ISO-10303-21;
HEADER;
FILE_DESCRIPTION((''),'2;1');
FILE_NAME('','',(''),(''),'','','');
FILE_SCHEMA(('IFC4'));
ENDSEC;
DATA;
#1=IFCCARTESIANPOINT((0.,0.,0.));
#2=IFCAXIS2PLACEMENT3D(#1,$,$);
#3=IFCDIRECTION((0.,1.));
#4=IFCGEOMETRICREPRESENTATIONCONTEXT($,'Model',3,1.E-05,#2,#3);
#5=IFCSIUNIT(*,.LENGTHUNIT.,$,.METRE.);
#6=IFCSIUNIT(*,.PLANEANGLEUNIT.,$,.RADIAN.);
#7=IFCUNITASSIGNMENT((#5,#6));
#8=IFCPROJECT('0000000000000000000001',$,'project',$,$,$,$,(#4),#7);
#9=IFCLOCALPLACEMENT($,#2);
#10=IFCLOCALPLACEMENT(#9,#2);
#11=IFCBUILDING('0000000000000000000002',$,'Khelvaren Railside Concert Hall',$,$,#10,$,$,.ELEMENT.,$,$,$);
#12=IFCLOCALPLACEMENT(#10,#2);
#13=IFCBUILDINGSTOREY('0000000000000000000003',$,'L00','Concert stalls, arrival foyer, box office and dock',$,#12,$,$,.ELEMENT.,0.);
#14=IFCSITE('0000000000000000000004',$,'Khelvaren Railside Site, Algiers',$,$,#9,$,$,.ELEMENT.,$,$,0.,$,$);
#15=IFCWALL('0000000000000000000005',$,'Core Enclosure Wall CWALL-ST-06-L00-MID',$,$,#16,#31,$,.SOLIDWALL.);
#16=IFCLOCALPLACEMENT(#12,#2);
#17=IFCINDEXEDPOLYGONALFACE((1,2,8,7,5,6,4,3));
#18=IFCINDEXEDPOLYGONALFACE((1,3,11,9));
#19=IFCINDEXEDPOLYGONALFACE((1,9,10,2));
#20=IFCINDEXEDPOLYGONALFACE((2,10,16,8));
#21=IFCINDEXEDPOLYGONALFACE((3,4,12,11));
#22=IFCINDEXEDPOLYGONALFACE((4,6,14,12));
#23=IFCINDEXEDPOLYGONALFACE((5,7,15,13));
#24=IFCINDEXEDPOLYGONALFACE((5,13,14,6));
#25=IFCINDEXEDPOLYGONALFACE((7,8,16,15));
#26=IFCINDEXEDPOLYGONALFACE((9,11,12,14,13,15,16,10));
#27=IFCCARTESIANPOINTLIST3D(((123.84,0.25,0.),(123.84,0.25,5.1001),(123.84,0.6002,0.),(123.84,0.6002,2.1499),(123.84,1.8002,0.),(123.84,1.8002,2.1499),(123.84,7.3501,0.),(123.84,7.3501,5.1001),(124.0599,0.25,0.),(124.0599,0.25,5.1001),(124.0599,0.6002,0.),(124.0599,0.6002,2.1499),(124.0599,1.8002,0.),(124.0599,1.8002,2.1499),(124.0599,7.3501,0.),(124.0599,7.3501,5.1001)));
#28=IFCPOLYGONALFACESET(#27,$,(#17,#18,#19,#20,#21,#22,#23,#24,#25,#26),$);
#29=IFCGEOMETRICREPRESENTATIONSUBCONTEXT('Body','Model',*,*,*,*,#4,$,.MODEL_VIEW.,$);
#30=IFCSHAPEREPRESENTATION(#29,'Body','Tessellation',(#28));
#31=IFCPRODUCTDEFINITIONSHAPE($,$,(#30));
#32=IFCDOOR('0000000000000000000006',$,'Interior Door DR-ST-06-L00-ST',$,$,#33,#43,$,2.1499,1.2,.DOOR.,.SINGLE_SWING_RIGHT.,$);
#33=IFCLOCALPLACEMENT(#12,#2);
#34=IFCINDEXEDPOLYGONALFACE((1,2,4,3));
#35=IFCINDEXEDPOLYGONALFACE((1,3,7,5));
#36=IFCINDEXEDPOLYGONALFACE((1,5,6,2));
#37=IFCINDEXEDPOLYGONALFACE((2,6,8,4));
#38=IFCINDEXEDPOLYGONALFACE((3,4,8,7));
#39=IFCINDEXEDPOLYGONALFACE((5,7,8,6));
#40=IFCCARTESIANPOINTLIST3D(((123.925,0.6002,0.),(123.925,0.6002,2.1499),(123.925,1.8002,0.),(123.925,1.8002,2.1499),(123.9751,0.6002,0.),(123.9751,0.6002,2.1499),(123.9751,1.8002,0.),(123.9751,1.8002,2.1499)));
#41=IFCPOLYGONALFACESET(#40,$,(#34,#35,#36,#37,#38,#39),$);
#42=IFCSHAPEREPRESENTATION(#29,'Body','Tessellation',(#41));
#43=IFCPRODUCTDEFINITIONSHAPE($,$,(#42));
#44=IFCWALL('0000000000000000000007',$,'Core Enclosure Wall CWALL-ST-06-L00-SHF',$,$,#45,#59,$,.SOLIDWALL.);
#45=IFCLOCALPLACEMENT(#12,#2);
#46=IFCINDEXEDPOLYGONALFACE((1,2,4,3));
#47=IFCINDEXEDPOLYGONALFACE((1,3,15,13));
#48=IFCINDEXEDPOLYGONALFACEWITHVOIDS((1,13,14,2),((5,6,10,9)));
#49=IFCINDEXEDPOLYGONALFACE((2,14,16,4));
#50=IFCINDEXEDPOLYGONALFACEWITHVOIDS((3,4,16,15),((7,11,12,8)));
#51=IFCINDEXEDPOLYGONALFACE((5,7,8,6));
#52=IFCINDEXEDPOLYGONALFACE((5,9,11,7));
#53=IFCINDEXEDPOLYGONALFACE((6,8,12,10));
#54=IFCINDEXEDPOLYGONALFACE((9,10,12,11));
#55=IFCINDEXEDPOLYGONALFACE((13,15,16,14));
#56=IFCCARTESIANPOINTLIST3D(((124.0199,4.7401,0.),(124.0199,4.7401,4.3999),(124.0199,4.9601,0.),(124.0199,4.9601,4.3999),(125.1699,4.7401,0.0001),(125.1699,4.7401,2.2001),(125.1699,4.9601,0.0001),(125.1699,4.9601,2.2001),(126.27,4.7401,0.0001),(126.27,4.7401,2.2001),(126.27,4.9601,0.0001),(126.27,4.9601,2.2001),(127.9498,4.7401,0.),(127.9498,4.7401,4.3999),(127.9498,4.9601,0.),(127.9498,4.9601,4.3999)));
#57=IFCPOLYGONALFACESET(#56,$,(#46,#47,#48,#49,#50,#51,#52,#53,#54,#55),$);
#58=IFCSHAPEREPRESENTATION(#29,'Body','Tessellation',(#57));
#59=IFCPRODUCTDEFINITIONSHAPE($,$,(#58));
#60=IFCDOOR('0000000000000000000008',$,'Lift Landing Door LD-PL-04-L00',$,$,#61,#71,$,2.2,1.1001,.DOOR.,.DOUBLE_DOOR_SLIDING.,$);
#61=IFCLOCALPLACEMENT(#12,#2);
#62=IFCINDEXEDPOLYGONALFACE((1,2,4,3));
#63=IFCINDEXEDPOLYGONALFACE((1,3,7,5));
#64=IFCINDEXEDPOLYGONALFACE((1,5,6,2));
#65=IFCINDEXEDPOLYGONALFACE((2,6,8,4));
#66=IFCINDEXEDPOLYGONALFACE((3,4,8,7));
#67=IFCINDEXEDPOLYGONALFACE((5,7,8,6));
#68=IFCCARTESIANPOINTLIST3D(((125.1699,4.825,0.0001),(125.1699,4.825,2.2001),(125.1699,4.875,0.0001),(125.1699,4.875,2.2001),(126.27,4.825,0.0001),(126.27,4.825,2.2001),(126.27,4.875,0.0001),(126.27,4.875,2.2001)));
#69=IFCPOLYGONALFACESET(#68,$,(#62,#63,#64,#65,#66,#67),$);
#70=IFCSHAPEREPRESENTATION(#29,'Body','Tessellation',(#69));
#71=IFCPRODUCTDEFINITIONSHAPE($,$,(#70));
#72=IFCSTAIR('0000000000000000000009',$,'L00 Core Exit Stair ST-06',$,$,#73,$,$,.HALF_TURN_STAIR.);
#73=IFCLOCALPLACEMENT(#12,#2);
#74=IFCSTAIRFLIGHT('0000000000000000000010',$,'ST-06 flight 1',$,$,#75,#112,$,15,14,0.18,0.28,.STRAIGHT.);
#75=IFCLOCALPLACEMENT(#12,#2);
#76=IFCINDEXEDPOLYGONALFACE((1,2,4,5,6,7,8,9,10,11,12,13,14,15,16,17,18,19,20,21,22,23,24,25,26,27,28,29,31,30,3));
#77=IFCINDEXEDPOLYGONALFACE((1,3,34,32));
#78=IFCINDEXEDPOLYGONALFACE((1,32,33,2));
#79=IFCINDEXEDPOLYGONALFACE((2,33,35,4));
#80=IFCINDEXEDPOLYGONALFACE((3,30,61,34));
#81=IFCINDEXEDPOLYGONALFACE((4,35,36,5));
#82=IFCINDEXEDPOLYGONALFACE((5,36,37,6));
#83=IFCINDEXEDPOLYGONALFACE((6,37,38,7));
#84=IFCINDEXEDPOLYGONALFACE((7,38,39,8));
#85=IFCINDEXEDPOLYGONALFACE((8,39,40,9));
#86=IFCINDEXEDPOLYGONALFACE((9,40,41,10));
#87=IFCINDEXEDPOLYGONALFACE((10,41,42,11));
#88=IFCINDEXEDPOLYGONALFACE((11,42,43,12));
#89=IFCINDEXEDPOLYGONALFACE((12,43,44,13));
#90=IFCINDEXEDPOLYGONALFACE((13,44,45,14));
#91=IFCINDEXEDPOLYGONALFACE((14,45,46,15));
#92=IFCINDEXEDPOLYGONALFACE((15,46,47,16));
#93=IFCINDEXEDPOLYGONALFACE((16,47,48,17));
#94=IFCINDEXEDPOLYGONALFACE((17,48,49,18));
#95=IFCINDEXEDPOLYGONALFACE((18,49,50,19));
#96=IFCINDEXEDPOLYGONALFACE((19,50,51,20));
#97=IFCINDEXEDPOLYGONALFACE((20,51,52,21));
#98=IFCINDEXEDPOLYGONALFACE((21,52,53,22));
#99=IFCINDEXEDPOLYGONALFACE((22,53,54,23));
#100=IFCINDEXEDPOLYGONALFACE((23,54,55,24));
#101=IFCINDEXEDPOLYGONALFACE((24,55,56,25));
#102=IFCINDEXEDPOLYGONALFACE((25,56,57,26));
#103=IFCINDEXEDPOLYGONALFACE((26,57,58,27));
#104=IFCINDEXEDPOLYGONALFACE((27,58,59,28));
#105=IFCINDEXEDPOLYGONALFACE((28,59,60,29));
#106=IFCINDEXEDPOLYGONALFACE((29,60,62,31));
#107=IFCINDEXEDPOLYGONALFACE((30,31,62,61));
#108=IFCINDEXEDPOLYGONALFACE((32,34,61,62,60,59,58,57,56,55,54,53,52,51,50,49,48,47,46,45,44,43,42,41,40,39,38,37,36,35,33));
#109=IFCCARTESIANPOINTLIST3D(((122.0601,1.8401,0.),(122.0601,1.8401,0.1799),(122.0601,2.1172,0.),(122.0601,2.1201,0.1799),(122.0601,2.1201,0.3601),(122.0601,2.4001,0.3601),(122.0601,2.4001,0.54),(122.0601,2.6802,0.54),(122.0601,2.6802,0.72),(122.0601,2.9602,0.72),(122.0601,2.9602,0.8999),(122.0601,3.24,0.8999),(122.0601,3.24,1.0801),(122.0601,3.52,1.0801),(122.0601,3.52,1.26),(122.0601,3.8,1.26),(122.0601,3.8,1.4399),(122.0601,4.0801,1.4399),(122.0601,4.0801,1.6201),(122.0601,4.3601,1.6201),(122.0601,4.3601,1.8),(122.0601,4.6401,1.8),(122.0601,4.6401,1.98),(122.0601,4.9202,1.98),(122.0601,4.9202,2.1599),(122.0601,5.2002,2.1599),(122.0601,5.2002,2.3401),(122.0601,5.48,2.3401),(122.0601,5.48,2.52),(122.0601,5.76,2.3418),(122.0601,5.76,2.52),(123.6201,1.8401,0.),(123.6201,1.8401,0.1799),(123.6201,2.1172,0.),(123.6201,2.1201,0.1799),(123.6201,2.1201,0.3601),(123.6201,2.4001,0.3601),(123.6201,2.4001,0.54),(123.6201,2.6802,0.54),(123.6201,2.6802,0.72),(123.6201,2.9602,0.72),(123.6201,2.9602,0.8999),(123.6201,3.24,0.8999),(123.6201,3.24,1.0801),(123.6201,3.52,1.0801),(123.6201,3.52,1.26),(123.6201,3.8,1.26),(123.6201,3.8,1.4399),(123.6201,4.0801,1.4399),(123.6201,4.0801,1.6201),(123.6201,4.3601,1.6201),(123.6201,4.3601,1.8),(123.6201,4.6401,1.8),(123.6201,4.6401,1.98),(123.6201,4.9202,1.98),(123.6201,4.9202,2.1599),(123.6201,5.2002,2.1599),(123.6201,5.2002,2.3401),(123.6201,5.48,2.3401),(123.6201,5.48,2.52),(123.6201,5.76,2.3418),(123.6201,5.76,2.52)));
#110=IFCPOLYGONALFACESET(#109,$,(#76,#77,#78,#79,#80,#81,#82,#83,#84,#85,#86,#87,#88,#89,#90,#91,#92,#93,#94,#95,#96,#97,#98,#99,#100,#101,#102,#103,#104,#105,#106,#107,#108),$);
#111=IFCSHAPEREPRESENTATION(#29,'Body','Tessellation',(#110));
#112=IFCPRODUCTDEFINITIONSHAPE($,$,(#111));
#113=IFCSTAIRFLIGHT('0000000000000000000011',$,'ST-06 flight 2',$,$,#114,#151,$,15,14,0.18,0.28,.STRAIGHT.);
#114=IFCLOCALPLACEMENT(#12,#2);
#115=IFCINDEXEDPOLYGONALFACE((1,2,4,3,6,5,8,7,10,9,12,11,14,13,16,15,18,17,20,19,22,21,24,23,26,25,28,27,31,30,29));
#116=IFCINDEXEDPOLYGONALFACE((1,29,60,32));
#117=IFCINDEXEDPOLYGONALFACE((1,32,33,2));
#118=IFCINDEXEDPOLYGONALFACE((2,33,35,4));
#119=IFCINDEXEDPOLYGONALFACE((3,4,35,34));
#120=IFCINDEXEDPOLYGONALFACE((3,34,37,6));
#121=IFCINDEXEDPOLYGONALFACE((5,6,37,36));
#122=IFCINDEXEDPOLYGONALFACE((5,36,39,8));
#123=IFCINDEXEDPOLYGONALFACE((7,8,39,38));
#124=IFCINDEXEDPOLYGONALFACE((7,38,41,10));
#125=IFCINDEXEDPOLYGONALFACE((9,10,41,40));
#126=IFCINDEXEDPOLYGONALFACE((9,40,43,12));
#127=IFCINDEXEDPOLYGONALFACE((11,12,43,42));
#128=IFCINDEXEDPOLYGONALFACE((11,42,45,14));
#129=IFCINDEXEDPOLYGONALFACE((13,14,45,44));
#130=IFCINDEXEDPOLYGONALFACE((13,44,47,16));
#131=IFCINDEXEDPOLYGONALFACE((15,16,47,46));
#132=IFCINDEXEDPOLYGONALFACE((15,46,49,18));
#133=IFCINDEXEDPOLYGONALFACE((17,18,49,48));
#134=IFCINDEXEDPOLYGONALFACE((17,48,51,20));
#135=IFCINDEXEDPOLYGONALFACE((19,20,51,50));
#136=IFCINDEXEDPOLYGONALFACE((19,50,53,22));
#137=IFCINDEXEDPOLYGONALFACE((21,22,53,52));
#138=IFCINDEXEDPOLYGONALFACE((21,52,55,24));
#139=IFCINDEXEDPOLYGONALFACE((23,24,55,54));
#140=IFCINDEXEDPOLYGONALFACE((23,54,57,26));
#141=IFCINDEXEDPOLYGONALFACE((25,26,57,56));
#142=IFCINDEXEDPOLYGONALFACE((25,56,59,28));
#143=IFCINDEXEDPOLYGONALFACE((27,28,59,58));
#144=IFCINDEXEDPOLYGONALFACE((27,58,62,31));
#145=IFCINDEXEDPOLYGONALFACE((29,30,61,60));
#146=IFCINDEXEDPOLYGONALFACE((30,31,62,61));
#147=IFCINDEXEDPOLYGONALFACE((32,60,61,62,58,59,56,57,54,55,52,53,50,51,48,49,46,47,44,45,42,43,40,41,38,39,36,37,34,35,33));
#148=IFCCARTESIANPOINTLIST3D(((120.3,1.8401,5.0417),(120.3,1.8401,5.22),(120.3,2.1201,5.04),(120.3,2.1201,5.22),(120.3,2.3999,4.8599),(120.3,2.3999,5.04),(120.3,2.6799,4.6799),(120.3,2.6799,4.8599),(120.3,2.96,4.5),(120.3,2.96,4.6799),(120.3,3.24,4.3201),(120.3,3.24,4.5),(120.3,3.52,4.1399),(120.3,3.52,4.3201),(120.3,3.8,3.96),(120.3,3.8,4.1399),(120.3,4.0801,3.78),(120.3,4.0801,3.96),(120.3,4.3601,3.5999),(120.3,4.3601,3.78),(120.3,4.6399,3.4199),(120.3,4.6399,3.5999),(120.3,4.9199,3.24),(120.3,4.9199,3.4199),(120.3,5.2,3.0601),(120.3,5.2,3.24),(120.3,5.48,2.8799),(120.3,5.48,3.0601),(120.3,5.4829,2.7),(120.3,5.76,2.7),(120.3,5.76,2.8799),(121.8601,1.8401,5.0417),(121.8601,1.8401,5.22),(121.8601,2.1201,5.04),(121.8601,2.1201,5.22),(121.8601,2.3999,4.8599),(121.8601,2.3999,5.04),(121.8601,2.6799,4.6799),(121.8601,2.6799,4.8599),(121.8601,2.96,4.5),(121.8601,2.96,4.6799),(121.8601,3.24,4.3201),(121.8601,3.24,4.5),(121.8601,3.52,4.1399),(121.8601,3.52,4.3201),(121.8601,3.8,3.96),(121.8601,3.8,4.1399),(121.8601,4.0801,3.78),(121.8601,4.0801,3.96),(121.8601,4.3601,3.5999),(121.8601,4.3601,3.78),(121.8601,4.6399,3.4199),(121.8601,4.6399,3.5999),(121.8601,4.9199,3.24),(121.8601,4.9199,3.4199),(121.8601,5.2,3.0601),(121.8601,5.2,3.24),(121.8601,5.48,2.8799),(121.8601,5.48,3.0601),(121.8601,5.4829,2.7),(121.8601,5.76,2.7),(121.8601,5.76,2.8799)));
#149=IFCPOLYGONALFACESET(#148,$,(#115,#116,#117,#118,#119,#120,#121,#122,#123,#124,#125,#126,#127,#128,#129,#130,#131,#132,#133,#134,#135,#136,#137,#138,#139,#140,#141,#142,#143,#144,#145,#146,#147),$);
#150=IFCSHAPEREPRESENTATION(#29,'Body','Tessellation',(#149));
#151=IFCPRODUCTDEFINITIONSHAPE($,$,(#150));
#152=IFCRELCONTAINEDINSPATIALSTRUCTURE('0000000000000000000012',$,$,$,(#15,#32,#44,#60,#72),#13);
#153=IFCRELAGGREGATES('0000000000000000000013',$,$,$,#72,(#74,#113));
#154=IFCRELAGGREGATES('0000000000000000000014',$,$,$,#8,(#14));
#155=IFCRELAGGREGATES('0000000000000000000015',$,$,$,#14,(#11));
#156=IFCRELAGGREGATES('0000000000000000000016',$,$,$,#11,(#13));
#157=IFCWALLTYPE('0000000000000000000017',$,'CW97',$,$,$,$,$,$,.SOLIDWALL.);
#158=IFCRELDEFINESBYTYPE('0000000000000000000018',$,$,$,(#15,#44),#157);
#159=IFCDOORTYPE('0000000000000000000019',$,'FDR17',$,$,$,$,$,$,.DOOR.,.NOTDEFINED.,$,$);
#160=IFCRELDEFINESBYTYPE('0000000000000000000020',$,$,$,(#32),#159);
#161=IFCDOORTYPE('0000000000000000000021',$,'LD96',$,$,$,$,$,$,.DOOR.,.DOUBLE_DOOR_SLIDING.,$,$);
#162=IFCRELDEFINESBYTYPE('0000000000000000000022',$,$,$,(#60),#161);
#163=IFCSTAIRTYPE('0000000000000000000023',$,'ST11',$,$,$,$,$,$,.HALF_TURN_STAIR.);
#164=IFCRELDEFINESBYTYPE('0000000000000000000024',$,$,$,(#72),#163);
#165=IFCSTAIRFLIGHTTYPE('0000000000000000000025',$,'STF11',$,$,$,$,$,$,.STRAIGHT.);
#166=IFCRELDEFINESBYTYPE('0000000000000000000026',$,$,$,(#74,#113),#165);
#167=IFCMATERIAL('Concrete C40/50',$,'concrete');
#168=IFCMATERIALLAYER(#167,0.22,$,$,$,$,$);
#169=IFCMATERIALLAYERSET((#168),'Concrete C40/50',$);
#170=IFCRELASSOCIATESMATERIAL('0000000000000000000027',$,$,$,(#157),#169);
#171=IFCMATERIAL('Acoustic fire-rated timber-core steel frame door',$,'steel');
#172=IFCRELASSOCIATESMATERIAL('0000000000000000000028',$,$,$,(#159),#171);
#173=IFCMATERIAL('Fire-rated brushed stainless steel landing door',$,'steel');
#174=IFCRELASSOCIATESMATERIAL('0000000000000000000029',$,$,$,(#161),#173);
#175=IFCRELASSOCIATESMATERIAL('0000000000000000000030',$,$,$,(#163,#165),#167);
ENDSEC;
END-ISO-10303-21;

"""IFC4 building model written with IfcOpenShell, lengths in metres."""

from ifc_helpers import new_model, si_unit, direction, frame, frame_2d, origin, place, context, subcontext, project, spatial, polyline, rectangle, outline, extrude, material, layer, layer_set, type_object, element, fill, aggregate, save


model = new_model("IFC4")

# Units and contexts
model_context = context("Model", 3, precision=1e-05, world=origin(), true_north=direction((0.0, 1.0)))
body_context = subcontext(model_context, "Body", "Model", "MODEL_VIEW")
ifc_project = project(units=[si_unit("LENGTHUNIT", "METRE"), si_unit("PLANEANGLEUNIT", "RADIAN")], contexts=[model_context])

# Site, building, storey
site_placement = place(None, origin())
site = spatial("IfcSite", under=ifc_project, at=site_placement, Name="Khelvaren Railside Site, Algiers", CompositionType="ELEMENT", RefElevation=0.0)
building_placement = place(site_placement, origin())
building = spatial("IfcBuilding", under=site, at=building_placement, Name="Khelvaren Railside Concert Hall", CompositionType="ELEMENT")
storey_placement = place(building_placement, origin())
storey = spatial("IfcBuildingStorey", under=building, at=storey_placement, Name="L00", Description="Concert stalls, arrival foyer, box office and dock", CompositionType="ELEMENT", Elevation=0.0)

# Shared definitions
ifc_material_1 = material(Name="Concrete C40/50", Category="concrete")

# Walls, openings, doors
ifc_layer_1 = layer(ifc_material_1, 0.22)
ifc_layer_set_1 = layer_set([ifc_layer_1], Name="Concrete C40/50")
wall_type_1 = type_object("IfcWallType", Name="CW97", PredefinedType="SOLIDWALL", material=ifc_layer_set_1)
wall_1_placement = place(storey_placement, frame((123.95, 0.25, 0.0), z_axis=(0.0, 0.0, 1.0), x_axis=(0.0, 1.0, 0.0)))
wall_1 = element("IfcWall", 1, at=wall_1_placement, inside=storey, type_object=wall_type_1, Name="Core Enclosure Wall CWALL-ST-06-L00-MID", PredefinedType="SOLIDWALL", context=body_context, shape_type="SweptSolid", body=[
    extrude(rectangle(XDim=7.1001, YDim=0.22, at=frame_2d((3.55, 0.0))), origin(), (0.0, 0.0, 1.0), 5.1001),
])
opening_1_placement = place(wall_1_placement, frame((0.3501, 0.0, 0.0)))
opening_1 = element("IfcOpeningElement", 2, at=opening_1_placement, cuts=wall_1, PredefinedType="OPENING", context=body_context, shape_type="SweptSolid", body=[
    extrude(rectangle(XDim=1.2, YDim=2.1499, at=frame_2d((0.6001, 1.075))), frame((0.0, 0.1199, 0.0), z_axis=(0.0, -1.0, 0.0), x_axis=(1.0, 0.0, 0.0)), (0.0, 0.0, 1.0), 0.24),
])
ifc_material_2 = material(Name="Acoustic fire-rated timber-core steel frame door", Category="steel")
door_type_1 = type_object("IfcDoorType", Name="FDR17", OperationType="NOTDEFINED", PredefinedType="DOOR", material=ifc_material_2)
door_1_placement = place(opening_1_placement, origin())
door_1 = element("IfcDoor", 3, at=door_1_placement, inside=storey, type_object=door_type_1, Name="Interior Door DR-ST-06-L00-ST", OperationType="SINGLE_SWING_RIGHT", OverallHeight=2.1499, OverallWidth=1.2, PredefinedType="DOOR", context=body_context, shape_type="SweptSolid", body=[
    extrude(rectangle(XDim=1.2, YDim=2.1499, at=frame_2d((0.6001, 1.075))), frame((0.0, 0.0249, 0.0), z_axis=(0.0, -1.0, 0.0), x_axis=(1.0, 0.0, 0.0)), (0.0, 0.0, 1.0), 0.05),
])
fill(opening_1, door_1)
wall_2_placement = place(storey_placement, frame((124.02, 4.8501, 0.0), z_axis=(0.0, 0.0, 1.0), x_axis=(1.0, 0.0, 0.0)))
wall_2 = element("IfcWall", 4, at=wall_2_placement, inside=storey, type_object=wall_type_1, Name="Core Enclosure Wall CWALL-ST-06-L00-SHF", PredefinedType="SOLIDWALL", context=body_context, shape_type="SweptSolid", body=[
    extrude(rectangle(XDim=3.9299, YDim=0.22, at=frame_2d((1.9648, 0.0))), origin(), (0.0, 0.0, 1.0), 4.3999),
])
opening_2_placement = place(wall_2_placement, frame((1.1499, 0.0, 0.0)))
opening_2 = element("IfcOpeningElement", 5, at=opening_2_placement, cuts=wall_2, PredefinedType="OPENING", context=body_context, shape_type="SweptSolid", body=[
    extrude(rectangle(XDim=1.1001, YDim=2.2, at=frame_2d((0.55, 1.1001))), frame((0.0, 0.1199, 0.0), z_axis=(0.0, -1.0, 0.0), x_axis=(1.0, 0.0, 0.0)), (0.0, 0.0, 1.0), 0.24),
])
ifc_material_3 = material(Name="Fire-rated brushed stainless steel landing door", Category="steel")
door_type_2 = type_object("IfcDoorType", Name="LD96", OperationType="DOUBLE_DOOR_SLIDING", PredefinedType="DOOR", material=ifc_material_3)
door_2_placement = place(opening_2_placement, origin())
door_2 = element("IfcDoor", 6, at=door_2_placement, inside=storey, type_object=door_type_2, Name="Lift Landing Door LD-PL-04-L00", OperationType="DOUBLE_DOOR_SLIDING", OverallHeight=2.2, OverallWidth=1.1001, PredefinedType="DOOR", context=body_context, shape_type="SweptSolid", body=[
    extrude(rectangle(XDim=1.1001, YDim=2.2, at=frame_2d((0.55, 1.1001))), frame((0.0, 0.0249, 0.0), z_axis=(0.0, -1.0, 0.0), x_axis=(1.0, 0.0, 0.0)), (0.0, 0.0, 1.0), 0.05),
])
fill(opening_2, door_2)

# Stair, stair flights
stair_type = type_object("IfcStairType", Name="ST11", PredefinedType="HALF_TURN_STAIR", material=ifc_material_1)
stair_placement = place(storey_placement, origin())
stair = element("IfcStair", 7, at=stair_placement, inside=storey, type_object=stair_type, Name="L00 Core Exit Stair ST-06", PredefinedType="HALF_TURN_STAIR")
stair_flight_type = type_object("IfcStairFlightType", Name="STF11", PredefinedType="STRAIGHT", material=ifc_material_1)
stair_flight_1_placement = place(storey_placement, frame((122.8401, 1.8401, 0.0), z_axis=(0.0, 0.0, 1.0), x_axis=(0.0, 1.0, 0.0)))
stair_flight_1 = element("IfcStairFlight", 8, at=stair_flight_1_placement, type_object=stair_flight_type, Name="ST-06 flight 1", NumberOfRisers=15, NumberOfTreads=14, PredefinedType="STRAIGHT", RiserHeight=0.18, TreadLength=0.28, context=body_context, shape_type="SweptSolid", body=[
    extrude(outline(polyline([(0.0, 0.0), (0.0, 0.1799), (0.28, 0.1799), (0.28, 0.3601), (0.5601, 0.3601), (0.5601, 0.54), (0.8401, 0.54), (0.8401, 0.72), (1.1201, 0.72), (1.1201, 0.8999), (1.3999, 0.8999), (1.3999, 1.0801), (1.6799, 1.0801), (1.6799, 1.26), (1.96, 1.26), (1.96, 1.4399), (2.24, 1.4399), (2.24, 1.6201), (2.52, 1.6201), (2.52, 1.8), (2.8, 1.8), (2.8, 1.98), (3.0801, 1.98), (3.0801, 2.1599), (3.3601, 2.1599), (3.3601, 2.3401), (3.6399, 2.3401), (3.6399, 2.52), (3.9199, 2.52), (3.9199, 2.7), (3.9199, 2.3418), (0.2771, 0.0), (0.0, 0.0)])), frame((0.0, 0.78, 0.0), z_axis=(0.0, -1.0, 0.0), x_axis=(1.0, 0.0, 0.0)), (0.0, 0.0, 1.0), 1.5601),
])
stair_flight_2_placement = place(storey_placement, frame((121.0801, 5.76, 2.7), z_axis=(0.0, 0.0, 1.0), x_axis=(0.0, -1.0, 0.0)))
stair_flight_2 = element("IfcStairFlight", 9, at=stair_flight_2_placement, type_object=stair_flight_type, Name="ST-06 flight 2", NumberOfRisers=15, NumberOfTreads=14, PredefinedType="STRAIGHT", RiserHeight=0.18, TreadLength=0.28, context=body_context, shape_type="SweptSolid", body=[
    extrude(outline(polyline([(0.0, 0.0), (0.0, 0.1799), (0.28, 0.1799), (0.28, 0.3601), (0.5601, 0.3601), (0.5601, 0.54), (0.8401, 0.54), (0.8401, 0.72), (1.1201, 0.72), (1.1201, 0.8999), (1.3999, 0.8999), (1.3999, 1.0801), (1.6799, 1.0801), (1.6799, 1.26), (1.96, 1.26), (1.96, 1.4399), (2.24, 1.4399), (2.24, 1.6201), (2.52, 1.6201), (2.52, 1.8), (2.8, 1.8), (2.8, 1.98), (3.0801, 1.98), (3.0801, 2.1599), (3.3601, 2.1599), (3.3601, 2.3401), (3.6399, 2.3401), (3.6399, 2.52), (3.9199, 2.52), (3.9199, 2.7), (3.9199, 2.3418), (0.2771, 0.0), (0.0, 0.0)])), frame((0.0, 0.78, 0.0), z_axis=(0.0, -1.0, 0.0), x_axis=(1.0, 0.0, 0.0)), (0.0, 0.0, 1.0), 1.5601),
])
aggregate(stair, [stair_flight_1, stair_flight_2])

save(model, "model.ifc")
